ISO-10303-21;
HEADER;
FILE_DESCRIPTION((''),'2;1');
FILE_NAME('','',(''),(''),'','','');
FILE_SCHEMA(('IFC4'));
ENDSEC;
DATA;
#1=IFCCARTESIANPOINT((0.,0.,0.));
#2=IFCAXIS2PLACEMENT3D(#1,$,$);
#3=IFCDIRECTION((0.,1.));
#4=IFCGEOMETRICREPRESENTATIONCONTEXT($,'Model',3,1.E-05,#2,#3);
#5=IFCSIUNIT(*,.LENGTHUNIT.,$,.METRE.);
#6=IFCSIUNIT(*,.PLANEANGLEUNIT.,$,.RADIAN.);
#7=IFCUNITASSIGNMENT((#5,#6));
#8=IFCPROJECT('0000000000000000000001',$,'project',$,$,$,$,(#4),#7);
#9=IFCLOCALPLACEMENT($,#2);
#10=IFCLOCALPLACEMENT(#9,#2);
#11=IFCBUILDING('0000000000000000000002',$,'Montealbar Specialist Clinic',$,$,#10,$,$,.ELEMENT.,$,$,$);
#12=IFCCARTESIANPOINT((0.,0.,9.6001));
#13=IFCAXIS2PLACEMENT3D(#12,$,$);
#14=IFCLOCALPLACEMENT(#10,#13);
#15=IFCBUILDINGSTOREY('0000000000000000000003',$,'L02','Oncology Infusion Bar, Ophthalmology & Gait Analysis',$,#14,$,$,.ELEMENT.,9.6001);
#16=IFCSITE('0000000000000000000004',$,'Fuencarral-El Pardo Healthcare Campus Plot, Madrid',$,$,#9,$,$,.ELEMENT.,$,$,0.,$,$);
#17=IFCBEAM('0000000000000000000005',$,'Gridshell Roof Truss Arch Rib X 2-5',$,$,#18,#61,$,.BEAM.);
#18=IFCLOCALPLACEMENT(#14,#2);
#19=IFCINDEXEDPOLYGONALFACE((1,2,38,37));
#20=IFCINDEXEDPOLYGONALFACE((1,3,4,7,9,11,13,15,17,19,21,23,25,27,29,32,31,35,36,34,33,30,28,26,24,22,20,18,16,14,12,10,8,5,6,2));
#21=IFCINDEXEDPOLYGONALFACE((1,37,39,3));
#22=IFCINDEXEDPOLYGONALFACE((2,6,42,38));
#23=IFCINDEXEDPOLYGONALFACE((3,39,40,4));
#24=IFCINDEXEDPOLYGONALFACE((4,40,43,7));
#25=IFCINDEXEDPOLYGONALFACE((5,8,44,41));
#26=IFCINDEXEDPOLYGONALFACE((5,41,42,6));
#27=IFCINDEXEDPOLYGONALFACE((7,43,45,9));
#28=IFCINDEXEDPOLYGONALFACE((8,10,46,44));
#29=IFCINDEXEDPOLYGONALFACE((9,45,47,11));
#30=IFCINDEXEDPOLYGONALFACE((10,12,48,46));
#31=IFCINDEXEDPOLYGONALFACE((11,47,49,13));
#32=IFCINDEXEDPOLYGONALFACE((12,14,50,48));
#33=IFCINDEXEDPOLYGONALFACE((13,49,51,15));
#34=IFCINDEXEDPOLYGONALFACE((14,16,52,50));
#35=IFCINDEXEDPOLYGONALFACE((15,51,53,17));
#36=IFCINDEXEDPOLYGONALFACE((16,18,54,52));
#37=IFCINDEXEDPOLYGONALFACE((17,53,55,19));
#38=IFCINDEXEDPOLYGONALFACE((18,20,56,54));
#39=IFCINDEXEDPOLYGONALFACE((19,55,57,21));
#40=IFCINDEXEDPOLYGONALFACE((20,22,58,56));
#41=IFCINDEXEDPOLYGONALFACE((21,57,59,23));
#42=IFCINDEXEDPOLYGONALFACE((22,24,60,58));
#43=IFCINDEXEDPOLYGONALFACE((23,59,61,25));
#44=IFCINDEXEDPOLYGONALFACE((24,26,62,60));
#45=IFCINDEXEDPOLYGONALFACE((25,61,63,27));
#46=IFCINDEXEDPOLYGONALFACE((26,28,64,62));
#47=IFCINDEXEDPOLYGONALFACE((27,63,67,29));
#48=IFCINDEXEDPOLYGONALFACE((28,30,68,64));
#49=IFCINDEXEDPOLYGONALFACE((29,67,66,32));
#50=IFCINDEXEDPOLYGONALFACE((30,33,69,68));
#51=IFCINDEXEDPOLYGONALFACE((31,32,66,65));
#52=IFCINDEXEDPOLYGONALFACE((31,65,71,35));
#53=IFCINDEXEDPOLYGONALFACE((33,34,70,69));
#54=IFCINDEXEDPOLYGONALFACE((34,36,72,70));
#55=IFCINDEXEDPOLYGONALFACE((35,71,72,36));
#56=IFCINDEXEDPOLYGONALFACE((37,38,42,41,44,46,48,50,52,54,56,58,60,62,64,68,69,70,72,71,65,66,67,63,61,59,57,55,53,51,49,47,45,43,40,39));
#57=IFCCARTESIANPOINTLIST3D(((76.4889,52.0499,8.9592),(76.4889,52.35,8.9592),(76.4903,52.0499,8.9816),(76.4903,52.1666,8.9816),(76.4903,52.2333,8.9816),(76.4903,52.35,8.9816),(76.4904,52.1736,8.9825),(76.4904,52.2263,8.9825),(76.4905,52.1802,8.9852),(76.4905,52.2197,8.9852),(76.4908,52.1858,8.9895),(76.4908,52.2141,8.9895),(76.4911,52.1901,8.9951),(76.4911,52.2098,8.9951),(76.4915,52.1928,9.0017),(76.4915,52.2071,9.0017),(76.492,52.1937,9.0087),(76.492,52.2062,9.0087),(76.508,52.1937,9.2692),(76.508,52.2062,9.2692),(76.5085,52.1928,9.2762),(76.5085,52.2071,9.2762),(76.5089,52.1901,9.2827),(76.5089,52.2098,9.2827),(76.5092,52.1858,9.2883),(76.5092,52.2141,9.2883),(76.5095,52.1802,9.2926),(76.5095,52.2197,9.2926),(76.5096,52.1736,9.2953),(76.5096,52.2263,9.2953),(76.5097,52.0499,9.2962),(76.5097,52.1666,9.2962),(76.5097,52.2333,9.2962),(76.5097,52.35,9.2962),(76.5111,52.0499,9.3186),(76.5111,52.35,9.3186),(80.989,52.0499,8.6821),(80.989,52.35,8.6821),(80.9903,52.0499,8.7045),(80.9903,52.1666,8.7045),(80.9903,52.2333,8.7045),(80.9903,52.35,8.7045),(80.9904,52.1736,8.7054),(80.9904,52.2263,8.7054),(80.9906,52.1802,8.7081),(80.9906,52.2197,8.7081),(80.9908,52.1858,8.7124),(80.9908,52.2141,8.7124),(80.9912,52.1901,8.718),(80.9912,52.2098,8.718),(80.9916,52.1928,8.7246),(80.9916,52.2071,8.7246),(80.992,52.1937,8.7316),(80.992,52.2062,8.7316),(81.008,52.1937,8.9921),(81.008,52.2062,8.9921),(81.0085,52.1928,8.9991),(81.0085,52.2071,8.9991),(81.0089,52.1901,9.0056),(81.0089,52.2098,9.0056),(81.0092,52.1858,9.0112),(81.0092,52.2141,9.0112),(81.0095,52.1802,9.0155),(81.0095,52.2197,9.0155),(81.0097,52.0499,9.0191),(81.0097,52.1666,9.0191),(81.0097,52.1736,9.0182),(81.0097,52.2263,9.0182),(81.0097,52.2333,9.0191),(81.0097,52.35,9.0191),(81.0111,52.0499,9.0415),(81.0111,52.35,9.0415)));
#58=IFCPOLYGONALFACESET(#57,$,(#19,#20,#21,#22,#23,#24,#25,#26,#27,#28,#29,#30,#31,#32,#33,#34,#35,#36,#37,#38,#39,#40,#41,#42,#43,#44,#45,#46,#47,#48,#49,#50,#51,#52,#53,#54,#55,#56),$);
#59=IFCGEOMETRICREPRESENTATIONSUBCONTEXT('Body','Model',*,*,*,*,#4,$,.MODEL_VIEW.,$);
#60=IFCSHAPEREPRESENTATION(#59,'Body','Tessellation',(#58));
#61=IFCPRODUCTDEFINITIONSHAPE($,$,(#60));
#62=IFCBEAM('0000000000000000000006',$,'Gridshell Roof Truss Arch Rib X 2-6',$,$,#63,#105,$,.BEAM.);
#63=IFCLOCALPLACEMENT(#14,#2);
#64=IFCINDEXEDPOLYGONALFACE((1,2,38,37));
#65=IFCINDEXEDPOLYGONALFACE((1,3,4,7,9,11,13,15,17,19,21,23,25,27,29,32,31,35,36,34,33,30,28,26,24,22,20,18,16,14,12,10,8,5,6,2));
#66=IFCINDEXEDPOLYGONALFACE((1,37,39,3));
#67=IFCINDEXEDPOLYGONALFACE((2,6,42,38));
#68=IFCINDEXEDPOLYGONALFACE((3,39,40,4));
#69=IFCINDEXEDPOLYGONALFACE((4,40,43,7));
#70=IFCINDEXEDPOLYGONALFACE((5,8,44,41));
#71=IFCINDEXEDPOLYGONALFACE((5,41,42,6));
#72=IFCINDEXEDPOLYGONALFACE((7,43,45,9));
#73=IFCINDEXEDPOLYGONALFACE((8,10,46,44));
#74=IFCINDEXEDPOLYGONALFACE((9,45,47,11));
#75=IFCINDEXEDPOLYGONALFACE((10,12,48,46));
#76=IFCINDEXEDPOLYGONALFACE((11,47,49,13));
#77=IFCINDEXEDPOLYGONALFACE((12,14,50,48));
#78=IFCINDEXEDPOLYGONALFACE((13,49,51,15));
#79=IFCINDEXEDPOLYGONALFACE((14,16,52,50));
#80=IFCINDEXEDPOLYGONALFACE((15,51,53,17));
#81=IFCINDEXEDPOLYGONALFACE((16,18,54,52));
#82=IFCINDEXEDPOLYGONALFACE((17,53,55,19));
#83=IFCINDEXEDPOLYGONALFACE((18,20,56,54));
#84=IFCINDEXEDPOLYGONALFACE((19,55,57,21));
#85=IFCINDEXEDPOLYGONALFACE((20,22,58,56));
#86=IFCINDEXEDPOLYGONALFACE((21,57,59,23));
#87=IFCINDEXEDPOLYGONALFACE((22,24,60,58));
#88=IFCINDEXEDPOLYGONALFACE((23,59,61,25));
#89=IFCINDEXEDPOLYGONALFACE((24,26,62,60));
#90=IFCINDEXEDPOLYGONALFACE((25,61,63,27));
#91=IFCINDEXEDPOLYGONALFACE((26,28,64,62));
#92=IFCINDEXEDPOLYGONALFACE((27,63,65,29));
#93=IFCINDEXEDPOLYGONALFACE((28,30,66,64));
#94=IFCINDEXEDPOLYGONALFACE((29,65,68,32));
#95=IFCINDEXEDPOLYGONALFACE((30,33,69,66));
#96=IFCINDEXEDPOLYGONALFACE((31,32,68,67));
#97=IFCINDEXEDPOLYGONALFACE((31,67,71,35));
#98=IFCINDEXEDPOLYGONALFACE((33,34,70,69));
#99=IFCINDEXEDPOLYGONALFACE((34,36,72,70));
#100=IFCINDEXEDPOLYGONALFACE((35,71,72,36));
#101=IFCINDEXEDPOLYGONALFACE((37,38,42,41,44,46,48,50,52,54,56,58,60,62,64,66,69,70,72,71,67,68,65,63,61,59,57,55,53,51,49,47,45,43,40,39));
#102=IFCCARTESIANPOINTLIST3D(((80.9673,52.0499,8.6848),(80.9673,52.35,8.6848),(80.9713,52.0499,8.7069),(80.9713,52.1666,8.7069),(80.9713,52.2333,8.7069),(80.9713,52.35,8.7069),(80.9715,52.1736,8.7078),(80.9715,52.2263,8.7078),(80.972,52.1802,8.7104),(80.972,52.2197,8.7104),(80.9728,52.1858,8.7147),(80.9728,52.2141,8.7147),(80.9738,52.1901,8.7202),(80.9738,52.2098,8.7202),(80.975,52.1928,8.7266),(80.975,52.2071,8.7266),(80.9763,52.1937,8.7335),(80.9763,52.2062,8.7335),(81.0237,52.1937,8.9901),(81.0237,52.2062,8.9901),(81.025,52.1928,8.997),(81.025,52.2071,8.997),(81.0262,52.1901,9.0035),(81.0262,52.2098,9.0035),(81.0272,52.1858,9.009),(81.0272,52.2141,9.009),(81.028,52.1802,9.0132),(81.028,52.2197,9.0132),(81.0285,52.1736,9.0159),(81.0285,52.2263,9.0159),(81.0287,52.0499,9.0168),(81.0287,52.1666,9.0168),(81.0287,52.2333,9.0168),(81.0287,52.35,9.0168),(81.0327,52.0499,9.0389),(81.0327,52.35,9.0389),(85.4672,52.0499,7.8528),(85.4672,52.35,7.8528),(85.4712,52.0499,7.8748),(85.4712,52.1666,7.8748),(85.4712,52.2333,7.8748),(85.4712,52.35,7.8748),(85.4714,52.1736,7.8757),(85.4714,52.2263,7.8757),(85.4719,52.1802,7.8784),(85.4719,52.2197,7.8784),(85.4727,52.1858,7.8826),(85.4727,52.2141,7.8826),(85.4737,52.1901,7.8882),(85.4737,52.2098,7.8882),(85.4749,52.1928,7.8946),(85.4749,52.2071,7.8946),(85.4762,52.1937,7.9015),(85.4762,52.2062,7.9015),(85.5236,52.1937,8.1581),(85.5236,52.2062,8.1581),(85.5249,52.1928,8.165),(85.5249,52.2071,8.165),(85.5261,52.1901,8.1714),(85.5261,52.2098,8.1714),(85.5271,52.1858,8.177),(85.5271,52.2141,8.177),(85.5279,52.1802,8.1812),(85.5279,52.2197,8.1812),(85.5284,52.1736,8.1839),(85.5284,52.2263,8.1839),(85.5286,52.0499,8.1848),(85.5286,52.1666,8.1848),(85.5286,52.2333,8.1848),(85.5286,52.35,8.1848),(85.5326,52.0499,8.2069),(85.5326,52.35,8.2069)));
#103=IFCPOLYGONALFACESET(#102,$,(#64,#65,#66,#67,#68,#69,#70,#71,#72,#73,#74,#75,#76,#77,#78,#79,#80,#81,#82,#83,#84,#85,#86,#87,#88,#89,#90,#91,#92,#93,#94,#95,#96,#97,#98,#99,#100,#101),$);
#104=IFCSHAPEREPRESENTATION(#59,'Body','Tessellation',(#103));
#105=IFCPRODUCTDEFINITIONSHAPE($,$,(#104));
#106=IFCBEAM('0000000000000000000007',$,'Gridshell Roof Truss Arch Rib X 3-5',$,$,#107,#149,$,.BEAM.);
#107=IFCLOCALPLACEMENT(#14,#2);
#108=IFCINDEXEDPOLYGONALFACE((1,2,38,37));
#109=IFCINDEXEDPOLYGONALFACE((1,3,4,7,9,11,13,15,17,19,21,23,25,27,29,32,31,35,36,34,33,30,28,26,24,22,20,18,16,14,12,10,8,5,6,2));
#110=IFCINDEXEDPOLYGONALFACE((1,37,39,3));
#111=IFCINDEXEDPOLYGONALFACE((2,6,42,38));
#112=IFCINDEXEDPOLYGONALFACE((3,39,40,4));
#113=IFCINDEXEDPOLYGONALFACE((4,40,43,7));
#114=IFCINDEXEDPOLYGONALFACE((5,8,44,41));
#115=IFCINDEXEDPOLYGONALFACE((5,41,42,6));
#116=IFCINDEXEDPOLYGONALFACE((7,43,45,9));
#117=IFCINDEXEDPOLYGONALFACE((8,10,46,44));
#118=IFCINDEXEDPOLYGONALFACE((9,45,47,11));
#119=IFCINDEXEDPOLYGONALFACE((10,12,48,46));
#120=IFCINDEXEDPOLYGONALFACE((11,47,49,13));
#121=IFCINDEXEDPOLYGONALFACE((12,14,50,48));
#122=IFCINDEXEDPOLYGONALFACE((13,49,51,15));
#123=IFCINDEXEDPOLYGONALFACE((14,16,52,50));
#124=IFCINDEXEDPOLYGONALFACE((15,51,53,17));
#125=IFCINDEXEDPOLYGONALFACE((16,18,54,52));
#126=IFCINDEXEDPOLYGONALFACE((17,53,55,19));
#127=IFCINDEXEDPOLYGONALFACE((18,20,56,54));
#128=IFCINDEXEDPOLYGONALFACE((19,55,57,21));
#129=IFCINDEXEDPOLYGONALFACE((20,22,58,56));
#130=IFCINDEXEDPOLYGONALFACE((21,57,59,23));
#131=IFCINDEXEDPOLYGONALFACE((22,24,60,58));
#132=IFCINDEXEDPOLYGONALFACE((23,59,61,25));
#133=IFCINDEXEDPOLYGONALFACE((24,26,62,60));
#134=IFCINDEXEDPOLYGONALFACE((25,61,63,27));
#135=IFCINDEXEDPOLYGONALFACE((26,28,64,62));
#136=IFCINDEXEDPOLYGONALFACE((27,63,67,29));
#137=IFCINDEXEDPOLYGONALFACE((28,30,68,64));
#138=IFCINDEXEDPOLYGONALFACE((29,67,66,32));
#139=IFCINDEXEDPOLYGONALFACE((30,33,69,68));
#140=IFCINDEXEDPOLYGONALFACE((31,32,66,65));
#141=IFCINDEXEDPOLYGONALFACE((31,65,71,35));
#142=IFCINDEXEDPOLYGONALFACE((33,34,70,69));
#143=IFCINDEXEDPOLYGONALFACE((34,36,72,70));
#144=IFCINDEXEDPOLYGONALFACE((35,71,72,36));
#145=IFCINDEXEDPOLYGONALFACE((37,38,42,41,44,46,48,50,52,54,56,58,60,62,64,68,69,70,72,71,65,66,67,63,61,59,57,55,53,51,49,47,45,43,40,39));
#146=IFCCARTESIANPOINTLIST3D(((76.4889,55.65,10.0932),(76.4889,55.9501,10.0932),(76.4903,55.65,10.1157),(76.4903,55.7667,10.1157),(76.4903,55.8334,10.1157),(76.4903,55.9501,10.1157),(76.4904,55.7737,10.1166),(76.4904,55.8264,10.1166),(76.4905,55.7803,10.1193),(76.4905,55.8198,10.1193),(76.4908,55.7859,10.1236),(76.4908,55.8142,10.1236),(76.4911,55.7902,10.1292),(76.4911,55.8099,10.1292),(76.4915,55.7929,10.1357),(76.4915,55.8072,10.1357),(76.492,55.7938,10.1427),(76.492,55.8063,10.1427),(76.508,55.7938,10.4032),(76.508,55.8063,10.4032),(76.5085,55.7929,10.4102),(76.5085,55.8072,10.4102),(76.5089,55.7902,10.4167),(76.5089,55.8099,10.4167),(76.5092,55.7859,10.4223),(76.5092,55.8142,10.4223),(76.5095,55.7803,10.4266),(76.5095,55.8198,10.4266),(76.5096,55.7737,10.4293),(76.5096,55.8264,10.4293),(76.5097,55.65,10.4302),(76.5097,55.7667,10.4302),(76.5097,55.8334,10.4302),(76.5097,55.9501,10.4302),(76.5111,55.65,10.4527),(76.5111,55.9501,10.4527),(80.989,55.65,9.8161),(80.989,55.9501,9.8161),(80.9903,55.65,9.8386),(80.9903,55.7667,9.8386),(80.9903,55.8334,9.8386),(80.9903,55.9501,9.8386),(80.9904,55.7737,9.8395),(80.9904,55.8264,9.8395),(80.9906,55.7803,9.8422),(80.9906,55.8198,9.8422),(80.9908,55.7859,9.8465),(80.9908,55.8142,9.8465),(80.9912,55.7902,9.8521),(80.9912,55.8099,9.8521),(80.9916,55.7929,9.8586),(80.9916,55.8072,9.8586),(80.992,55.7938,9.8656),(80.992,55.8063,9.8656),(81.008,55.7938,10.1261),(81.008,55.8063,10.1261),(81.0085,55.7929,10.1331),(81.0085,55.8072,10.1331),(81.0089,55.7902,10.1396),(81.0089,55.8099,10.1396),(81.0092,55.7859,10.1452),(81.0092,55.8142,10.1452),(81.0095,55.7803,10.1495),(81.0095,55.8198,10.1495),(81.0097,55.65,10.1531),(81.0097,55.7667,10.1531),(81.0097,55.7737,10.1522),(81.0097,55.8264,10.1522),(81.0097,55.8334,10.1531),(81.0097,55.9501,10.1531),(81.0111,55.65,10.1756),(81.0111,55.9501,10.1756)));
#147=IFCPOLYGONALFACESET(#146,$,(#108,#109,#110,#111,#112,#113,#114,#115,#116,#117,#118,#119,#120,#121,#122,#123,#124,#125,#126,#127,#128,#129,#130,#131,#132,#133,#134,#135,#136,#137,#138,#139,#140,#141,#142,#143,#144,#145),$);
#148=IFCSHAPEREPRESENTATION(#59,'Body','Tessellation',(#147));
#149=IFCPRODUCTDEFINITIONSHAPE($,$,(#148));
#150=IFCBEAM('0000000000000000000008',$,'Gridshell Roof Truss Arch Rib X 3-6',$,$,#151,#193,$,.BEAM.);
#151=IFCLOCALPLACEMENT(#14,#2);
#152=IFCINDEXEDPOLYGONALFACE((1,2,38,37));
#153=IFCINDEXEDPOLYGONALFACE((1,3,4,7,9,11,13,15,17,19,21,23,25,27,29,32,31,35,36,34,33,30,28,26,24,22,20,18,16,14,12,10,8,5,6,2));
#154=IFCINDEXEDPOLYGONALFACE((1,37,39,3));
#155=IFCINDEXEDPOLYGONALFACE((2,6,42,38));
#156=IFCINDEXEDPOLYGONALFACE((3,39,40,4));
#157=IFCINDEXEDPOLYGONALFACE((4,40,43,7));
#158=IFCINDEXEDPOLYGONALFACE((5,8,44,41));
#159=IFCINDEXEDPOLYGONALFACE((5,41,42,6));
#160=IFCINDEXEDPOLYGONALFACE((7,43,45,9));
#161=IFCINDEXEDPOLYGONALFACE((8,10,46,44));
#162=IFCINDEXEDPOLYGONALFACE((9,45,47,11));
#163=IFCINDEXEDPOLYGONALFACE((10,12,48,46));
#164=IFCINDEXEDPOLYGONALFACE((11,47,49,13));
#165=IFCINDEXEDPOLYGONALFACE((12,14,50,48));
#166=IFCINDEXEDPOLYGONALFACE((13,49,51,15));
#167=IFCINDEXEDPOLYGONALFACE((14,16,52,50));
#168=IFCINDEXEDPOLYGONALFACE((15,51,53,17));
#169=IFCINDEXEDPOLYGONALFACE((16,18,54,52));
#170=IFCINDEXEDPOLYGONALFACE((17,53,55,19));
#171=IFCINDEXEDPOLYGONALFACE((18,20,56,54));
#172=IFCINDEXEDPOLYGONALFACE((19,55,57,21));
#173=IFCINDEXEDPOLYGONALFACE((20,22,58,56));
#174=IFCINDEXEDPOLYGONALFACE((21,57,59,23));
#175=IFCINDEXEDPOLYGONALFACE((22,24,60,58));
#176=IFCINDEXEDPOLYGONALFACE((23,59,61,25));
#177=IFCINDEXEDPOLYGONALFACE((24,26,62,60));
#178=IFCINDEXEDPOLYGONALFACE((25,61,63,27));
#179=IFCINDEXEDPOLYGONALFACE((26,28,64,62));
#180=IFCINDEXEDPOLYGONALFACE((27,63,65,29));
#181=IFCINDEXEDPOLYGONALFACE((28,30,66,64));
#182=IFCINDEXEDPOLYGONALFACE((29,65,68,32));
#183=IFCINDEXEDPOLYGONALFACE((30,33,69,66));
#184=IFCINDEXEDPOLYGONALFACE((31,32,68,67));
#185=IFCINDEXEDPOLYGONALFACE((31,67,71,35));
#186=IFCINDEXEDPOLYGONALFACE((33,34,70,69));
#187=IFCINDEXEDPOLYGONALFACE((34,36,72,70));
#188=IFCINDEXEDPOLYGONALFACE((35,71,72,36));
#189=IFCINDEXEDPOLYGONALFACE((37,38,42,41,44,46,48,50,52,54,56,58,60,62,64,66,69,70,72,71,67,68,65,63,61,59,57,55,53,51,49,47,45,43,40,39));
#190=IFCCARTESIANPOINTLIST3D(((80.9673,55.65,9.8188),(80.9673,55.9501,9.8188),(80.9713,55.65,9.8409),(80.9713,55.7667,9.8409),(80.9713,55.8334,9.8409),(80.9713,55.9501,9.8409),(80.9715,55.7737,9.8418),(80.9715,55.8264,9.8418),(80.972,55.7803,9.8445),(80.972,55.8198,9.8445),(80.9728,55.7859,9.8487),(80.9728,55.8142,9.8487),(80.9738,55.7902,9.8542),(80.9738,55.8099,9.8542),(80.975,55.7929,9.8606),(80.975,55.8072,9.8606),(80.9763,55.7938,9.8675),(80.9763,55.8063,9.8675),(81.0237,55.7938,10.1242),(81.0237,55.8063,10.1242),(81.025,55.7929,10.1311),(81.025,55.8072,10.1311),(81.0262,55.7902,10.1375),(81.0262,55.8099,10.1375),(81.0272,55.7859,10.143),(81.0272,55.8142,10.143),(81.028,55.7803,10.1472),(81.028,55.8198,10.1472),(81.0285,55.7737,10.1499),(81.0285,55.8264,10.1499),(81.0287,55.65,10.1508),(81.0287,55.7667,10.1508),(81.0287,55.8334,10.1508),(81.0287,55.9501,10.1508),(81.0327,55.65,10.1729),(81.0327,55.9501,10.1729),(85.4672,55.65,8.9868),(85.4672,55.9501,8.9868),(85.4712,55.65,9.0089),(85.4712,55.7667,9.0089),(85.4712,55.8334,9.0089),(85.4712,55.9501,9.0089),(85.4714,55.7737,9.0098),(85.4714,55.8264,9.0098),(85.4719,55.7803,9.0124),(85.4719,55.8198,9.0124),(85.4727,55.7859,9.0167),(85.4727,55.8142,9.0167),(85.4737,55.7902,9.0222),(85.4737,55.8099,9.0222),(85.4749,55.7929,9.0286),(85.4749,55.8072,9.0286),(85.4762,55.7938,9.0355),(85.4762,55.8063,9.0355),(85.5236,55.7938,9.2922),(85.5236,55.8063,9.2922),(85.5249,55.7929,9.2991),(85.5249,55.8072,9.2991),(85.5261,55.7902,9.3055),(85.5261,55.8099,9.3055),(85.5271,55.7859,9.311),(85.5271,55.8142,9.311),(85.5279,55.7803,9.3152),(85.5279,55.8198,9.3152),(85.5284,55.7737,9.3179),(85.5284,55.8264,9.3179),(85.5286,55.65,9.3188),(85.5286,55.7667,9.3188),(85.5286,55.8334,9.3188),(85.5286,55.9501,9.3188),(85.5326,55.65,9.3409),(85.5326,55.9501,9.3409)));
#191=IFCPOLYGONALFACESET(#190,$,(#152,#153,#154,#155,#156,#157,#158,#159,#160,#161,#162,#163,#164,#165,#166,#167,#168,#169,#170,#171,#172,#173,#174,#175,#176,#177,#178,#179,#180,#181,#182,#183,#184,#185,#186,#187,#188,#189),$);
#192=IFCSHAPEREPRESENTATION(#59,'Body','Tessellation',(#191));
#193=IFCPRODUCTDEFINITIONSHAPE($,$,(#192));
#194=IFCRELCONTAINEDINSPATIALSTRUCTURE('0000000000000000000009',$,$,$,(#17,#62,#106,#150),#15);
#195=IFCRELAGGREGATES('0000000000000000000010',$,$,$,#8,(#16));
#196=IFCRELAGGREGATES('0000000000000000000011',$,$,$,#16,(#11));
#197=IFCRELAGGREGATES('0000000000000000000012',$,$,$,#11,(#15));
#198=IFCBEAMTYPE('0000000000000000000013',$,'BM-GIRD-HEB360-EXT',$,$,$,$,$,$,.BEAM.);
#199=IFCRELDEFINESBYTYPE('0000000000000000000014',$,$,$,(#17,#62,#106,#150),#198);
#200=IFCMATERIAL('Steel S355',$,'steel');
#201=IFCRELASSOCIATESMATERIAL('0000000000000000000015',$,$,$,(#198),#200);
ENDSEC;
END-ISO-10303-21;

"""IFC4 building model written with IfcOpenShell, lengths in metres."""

from ifc_helpers import new_model, si_unit, direction, frame, origin, origin_2d, place, context, subcontext, project, spatial, i_section, extrude, material, material_profile, profile_set, type_object, element, save


model = new_model("IFC4")

# Units and contexts
model_context = context("Model", 3, precision=1e-05, world=origin(), true_north=direction((0.0, 1.0)))
body_context = subcontext(model_context, "Body", "Model", "MODEL_VIEW")
ifc_project = project(units=[si_unit("LENGTHUNIT", "METRE"), si_unit("PLANEANGLEUNIT", "RADIAN")], contexts=[model_context])

# Site, building, storey
site_placement = place(None, origin())
site = spatial("IfcSite", under=ifc_project, at=site_placement, Name="Fuencarral-El Pardo Healthcare Campus Plot, Madrid", CompositionType="ELEMENT", RefElevation=0.0)
building_placement = place(site_placement, origin())
building = spatial("IfcBuilding", under=site, at=building_placement, Name="Montealbar Specialist Clinic", CompositionType="ELEMENT")
storey_placement = place(building_placement, frame((0.0, 0.0, 9.6001)))
storey = spatial("IfcBuildingStorey", under=building, at=storey_placement, Name="L02", Description="Oncology Infusion Bar, Ophthalmology & Gait Analysis", CompositionType="ELEMENT", Elevation=9.6001)

# Beams
ifc_material_1 = material(Name="Steel S355", Category="steel")
ifc_material_profile_1 = material_profile(ifc_material_1, i_section(OverallWidth=0.3, OverallDepth=0.3601, WebThickness=0.0125, FlangeThickness=0.0225, FilletRadius=0.0271, at=origin_2d()), Name="HEB 360", Category="steel")
ifc_profile_set_1 = profile_set([ifc_material_profile_1], Name="Steel S355")
beam_type_1 = type_object("IfcBeamType", Name="BM-GIRD-HEB360-EXT", PredefinedType="BEAM", material=ifc_profile_set_1)
beam_1_placement = place(storey_placement, frame((76.5, 52.2, 9.1389), z_axis=(0.998109, 0.0, -0.061461), x_axis=(0.0, 1.0, 0.0)))
element("IfcBeam", 1, at=beam_1_placement, inside=storey, type_object=beam_type_1, Name="Gridshell Roof Truss Arch Rib X 2-5", PredefinedType="BEAM", context=body_context, shape_type="SweptSolid", body=[
    extrude(i_section(OverallWidth=0.3, OverallDepth=0.3601, WebThickness=0.0125, FlangeThickness=0.0225, FilletRadius=0.0271, at=origin_2d()), origin(), (0.0, 0.0, 1.0), 4.5085),
])
beam_2_placement = place(storey_placement, frame((81.0, 52.2, 8.8618), z_axis=(0.983333, 0.0, -0.181814), x_axis=(0.0, 1.0, 0.0)))
element("IfcBeam", 2, at=beam_2_placement, inside=storey, type_object=beam_type_1, Name="Gridshell Roof Truss Arch Rib X 2-6", PredefinedType="BEAM", context=body_context, shape_type="SweptSolid", body=[
    extrude(i_section(OverallWidth=0.3, OverallDepth=0.3601, WebThickness=0.0125, FlangeThickness=0.0225, FilletRadius=0.0271, at=origin_2d()), origin(), (0.0, 0.0, 1.0), 4.5762),
])
beam_3_placement = place(storey_placement, frame((76.5, 55.8, 10.2729), z_axis=(0.998109, 0.0, -0.061461), x_axis=(0.0, 1.0, 0.0)))
element("IfcBeam", 3, at=beam_3_placement, inside=storey, type_object=beam_type_1, Name="Gridshell Roof Truss Arch Rib X 3-5", PredefinedType="BEAM", context=body_context, shape_type="SweptSolid", body=[
    extrude(i_section(OverallWidth=0.3, OverallDepth=0.3601, WebThickness=0.0125, FlangeThickness=0.0225, FilletRadius=0.0271, at=origin_2d()), origin(), (0.0, 0.0, 1.0), 4.5085),
])
beam_4_placement = place(storey_placement, frame((81.0, 55.8, 9.9958), z_axis=(0.983333, 0.0, -0.181814), x_axis=(0.0, 1.0, 0.0)))
element("IfcBeam", 4, at=beam_4_placement, inside=storey, type_object=beam_type_1, Name="Gridshell Roof Truss Arch Rib X 3-6", PredefinedType="BEAM", context=body_context, shape_type="SweptSolid", body=[
    extrude(i_section(OverallWidth=0.3, OverallDepth=0.3601, WebThickness=0.0125, FlangeThickness=0.0225, FilletRadius=0.0271, at=origin_2d()), origin(), (0.0, 0.0, 1.0), 4.5762),
])

save(model, "model.ifc")
